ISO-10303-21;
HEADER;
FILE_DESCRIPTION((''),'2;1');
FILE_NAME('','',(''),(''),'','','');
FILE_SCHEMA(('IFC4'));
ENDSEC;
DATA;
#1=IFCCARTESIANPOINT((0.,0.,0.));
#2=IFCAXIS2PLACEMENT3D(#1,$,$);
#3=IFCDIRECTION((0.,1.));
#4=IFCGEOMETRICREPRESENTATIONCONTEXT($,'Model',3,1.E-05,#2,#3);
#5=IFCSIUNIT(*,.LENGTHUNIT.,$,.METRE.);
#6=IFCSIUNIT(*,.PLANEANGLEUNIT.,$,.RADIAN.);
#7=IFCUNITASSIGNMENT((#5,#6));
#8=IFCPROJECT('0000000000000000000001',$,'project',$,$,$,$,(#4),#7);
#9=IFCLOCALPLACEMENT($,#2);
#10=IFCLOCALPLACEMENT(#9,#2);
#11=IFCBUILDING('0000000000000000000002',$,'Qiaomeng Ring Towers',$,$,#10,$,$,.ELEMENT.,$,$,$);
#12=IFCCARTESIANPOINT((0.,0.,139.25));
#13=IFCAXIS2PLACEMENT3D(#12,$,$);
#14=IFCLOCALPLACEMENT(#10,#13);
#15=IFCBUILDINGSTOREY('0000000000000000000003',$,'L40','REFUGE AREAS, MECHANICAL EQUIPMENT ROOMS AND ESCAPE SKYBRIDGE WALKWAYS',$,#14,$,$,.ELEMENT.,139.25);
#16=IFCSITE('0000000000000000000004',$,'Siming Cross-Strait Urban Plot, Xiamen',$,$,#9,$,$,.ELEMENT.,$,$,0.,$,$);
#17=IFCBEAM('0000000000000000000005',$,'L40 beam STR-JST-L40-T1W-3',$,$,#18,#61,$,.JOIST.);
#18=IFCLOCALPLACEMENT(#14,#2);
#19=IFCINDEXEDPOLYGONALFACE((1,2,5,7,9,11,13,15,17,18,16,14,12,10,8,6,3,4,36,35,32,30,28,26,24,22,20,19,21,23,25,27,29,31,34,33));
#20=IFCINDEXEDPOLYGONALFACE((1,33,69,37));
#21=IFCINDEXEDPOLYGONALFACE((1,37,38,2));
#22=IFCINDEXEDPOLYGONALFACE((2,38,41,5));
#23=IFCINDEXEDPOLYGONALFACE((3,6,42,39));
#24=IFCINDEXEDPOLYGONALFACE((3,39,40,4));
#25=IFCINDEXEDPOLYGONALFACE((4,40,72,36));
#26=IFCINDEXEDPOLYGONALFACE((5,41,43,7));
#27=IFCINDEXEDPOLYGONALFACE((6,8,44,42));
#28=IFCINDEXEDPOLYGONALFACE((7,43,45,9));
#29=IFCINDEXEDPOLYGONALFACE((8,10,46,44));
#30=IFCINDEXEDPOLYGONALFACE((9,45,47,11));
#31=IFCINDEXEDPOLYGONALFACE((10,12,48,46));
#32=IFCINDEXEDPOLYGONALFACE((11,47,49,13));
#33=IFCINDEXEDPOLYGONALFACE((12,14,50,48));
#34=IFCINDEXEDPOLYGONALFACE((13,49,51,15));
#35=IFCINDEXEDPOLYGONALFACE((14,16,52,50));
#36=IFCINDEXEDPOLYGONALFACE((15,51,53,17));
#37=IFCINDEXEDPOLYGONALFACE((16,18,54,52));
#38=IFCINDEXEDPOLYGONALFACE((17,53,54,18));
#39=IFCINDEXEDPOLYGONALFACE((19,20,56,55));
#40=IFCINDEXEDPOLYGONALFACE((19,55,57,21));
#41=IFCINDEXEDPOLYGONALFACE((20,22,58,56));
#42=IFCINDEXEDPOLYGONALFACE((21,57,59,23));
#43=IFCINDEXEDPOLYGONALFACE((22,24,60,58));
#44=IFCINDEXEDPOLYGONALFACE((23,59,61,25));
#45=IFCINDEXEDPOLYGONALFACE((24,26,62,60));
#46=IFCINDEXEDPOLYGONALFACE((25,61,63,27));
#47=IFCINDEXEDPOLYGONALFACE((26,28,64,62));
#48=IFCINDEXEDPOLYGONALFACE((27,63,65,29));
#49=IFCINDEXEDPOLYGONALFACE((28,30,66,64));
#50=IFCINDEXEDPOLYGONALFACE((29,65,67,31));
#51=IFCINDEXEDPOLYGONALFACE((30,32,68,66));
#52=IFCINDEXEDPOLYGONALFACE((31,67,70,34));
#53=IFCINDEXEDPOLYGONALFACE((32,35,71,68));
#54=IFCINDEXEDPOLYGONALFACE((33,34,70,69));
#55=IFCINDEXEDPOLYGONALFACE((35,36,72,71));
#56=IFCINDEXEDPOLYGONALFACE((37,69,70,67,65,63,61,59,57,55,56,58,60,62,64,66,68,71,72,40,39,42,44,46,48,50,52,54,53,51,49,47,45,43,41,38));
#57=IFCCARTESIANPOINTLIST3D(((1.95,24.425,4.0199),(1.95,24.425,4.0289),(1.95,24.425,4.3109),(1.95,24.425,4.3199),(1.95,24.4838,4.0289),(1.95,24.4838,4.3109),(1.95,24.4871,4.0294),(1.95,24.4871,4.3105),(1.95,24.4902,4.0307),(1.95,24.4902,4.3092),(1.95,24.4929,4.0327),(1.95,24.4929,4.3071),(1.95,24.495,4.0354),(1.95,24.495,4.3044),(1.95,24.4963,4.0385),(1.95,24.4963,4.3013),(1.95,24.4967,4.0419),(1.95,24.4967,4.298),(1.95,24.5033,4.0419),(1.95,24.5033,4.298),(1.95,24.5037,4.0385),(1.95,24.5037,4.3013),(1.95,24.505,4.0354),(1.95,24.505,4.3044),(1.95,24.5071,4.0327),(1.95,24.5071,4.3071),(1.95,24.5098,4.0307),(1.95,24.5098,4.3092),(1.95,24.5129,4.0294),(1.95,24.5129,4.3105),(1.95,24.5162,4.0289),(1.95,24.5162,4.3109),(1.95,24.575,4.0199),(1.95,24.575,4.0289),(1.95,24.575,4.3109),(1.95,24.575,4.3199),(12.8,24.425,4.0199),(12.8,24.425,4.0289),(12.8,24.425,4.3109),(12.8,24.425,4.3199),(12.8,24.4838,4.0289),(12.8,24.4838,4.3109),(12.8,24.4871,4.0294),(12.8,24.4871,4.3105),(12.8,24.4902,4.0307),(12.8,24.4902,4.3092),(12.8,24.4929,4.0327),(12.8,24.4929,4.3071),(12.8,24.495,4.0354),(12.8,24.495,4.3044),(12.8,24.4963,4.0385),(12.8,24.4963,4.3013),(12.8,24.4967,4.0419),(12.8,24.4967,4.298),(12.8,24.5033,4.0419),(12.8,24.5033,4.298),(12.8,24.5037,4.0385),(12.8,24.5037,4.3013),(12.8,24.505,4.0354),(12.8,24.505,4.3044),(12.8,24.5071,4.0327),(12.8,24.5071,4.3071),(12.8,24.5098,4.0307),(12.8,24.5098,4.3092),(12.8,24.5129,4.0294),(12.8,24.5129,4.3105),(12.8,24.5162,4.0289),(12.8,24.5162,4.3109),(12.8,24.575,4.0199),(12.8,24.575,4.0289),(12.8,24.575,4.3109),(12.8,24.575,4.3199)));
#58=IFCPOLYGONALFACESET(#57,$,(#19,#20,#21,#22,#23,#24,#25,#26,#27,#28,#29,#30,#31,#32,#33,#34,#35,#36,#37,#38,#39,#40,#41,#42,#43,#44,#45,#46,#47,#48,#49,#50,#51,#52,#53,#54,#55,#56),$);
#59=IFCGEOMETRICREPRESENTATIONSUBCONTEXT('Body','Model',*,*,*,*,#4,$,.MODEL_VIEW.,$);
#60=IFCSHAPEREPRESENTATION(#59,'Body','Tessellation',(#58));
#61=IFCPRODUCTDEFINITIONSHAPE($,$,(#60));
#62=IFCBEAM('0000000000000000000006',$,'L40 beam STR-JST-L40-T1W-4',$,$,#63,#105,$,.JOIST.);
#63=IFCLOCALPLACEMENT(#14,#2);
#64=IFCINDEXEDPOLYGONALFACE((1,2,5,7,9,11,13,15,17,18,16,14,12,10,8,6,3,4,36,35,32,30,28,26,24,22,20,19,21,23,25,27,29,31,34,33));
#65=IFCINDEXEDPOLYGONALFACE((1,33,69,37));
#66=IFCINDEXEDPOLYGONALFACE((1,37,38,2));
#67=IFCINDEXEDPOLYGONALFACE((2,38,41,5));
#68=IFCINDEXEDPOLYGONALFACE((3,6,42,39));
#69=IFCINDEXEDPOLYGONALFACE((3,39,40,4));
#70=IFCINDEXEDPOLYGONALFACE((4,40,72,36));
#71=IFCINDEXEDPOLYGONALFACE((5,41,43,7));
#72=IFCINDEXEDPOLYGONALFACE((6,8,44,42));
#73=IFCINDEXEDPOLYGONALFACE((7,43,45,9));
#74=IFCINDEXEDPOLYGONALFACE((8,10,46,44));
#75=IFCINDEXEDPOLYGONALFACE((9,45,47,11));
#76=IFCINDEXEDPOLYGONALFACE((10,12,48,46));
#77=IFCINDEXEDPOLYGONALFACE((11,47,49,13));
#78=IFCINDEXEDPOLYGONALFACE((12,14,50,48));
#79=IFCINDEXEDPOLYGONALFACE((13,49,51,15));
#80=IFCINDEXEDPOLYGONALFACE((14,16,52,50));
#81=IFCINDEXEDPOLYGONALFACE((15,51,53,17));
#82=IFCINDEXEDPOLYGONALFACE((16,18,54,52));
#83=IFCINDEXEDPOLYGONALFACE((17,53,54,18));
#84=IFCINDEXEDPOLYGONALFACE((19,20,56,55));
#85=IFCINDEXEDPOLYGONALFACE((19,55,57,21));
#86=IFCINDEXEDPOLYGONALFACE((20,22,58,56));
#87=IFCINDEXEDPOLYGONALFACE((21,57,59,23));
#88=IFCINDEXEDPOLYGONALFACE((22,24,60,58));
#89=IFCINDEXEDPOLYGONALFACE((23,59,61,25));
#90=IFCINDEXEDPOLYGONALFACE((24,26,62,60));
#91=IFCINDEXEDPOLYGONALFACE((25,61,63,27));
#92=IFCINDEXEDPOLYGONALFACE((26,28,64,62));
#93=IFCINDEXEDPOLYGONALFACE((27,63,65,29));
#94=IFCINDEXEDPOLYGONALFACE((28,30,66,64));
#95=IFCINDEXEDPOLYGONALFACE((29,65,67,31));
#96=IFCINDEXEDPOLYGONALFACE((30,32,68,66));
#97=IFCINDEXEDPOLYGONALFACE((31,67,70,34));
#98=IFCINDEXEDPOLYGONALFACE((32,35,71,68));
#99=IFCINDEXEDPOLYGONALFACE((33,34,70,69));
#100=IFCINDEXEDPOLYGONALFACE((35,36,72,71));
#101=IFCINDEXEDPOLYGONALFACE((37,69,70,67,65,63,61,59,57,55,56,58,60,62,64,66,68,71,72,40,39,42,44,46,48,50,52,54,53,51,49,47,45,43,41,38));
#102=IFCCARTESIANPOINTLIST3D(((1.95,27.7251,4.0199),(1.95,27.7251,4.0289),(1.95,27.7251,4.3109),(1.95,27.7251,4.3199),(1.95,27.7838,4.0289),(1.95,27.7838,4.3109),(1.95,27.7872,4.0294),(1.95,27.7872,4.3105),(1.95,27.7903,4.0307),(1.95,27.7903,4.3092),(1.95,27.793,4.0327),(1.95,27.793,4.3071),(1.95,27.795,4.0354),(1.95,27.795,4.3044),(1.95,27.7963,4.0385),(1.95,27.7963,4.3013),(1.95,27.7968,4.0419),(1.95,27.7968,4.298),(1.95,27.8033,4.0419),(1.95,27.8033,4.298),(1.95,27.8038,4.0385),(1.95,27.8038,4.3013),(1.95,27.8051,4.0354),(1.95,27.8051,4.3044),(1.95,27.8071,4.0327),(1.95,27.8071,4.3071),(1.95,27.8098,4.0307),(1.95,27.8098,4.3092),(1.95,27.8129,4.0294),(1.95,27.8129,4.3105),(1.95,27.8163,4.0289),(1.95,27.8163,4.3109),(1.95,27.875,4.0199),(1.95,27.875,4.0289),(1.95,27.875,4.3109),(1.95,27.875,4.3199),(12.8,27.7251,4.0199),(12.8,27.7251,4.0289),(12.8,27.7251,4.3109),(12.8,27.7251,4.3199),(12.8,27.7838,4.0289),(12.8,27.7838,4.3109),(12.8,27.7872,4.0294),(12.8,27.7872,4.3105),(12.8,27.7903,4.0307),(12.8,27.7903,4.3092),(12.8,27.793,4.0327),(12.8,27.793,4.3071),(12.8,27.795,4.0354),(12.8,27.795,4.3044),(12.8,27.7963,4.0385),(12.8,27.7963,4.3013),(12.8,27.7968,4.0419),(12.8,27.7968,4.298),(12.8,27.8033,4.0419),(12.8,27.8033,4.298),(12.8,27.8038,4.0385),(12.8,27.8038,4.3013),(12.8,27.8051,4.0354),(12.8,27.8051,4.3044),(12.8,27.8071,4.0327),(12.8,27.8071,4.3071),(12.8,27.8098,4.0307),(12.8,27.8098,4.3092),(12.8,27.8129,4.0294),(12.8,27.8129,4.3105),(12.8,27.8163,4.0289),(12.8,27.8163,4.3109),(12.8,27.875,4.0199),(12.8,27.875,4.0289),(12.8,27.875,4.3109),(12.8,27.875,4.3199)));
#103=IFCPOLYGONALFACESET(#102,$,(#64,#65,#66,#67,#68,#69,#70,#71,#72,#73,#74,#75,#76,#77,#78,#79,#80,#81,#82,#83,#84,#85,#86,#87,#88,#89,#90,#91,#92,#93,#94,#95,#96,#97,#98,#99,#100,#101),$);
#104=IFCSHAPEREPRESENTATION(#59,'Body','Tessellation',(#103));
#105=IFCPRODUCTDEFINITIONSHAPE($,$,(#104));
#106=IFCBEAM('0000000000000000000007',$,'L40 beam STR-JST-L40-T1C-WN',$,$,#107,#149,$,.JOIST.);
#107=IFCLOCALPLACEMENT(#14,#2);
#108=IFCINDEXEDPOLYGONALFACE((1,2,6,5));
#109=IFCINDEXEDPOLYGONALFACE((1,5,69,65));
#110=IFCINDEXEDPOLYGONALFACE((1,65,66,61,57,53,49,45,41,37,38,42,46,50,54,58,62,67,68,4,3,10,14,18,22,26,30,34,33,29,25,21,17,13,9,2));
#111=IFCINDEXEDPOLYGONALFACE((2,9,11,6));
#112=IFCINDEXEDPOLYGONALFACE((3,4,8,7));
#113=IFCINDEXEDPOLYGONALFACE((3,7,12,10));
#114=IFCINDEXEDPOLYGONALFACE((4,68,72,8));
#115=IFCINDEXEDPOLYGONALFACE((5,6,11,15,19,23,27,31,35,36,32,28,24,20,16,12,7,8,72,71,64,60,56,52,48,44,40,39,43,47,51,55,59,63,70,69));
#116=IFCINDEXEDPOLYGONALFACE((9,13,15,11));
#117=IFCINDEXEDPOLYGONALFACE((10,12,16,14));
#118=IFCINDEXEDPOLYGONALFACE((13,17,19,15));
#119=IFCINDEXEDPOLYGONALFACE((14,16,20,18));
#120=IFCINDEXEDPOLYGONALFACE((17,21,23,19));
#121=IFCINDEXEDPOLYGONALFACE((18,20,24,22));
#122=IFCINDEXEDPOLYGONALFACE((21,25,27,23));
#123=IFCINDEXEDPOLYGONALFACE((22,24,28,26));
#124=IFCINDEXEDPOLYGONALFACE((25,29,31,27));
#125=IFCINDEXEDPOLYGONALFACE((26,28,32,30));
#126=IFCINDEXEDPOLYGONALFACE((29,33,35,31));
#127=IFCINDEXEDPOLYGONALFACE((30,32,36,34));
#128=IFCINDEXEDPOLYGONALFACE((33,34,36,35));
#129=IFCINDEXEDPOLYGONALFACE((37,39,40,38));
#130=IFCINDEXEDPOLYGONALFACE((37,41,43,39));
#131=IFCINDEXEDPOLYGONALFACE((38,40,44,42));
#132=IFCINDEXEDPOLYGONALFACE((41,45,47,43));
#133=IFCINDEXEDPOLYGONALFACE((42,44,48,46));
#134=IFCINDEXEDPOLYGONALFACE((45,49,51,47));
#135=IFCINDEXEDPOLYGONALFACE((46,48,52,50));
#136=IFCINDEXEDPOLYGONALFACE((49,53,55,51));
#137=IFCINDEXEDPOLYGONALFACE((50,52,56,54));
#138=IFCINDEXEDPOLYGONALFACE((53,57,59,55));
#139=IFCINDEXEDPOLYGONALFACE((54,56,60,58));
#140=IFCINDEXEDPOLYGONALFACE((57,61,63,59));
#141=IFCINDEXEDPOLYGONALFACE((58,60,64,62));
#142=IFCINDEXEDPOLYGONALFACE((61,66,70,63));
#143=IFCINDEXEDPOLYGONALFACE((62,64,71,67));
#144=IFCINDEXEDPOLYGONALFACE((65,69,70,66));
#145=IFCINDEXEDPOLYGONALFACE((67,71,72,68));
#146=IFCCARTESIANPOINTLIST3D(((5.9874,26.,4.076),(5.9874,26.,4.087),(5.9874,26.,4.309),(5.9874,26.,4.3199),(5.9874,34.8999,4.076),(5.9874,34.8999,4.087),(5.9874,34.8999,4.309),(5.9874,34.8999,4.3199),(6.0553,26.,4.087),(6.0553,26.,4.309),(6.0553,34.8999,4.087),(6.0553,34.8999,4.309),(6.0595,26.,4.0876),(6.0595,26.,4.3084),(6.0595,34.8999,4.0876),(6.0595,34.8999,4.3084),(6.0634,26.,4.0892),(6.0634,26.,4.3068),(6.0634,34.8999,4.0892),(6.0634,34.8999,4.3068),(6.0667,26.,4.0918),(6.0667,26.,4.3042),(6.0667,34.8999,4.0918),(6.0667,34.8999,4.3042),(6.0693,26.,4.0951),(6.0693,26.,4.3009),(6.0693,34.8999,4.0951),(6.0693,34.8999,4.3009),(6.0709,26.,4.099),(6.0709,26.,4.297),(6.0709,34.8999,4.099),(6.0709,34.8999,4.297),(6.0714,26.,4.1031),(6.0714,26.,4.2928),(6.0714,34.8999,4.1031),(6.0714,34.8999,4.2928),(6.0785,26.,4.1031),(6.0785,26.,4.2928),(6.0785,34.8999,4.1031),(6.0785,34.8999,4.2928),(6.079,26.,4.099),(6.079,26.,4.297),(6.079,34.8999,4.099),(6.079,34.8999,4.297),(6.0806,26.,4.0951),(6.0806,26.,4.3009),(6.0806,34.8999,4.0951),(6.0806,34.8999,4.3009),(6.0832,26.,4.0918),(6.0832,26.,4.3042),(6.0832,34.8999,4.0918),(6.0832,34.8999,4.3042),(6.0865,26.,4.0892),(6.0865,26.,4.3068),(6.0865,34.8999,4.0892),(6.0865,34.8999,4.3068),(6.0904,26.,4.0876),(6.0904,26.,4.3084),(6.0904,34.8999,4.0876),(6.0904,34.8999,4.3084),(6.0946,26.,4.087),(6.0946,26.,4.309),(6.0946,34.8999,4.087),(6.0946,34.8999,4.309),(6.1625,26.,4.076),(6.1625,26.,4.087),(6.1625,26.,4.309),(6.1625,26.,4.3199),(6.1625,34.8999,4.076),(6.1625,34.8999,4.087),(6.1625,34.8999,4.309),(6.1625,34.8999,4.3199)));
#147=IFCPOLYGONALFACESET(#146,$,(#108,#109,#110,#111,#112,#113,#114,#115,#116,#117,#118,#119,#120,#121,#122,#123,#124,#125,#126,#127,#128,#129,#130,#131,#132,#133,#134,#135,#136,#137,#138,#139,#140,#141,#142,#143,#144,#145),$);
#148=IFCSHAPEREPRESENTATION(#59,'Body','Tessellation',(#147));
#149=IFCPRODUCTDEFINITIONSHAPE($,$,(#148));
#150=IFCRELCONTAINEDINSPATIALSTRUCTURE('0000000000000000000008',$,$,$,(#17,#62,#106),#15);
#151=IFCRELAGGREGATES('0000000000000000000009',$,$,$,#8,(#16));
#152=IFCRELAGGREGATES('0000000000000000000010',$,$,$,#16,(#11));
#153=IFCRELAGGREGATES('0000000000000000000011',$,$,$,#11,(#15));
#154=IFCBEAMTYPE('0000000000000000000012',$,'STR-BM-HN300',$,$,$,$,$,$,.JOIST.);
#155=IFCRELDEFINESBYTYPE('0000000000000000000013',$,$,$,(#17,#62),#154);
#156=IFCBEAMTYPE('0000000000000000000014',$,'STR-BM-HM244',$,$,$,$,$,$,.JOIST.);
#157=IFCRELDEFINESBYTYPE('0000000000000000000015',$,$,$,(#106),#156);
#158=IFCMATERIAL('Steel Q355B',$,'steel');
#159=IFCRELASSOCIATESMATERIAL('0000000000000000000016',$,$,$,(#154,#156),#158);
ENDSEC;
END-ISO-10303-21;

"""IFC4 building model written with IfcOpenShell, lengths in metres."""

from ifc_helpers import new_model, si_unit, direction, frame, origin, origin_2d, place, context, subcontext, project, spatial, i_section, extrude, source, transform, mapped, material, material_profile, profile_set, type_object, element, save


model = new_model("IFC4")

# Units and contexts
model_context = context("Model", 3, precision=1e-05, world=origin(), true_north=direction((0.0, 1.0)))
body_context = subcontext(model_context, "Body", "Model", "MODEL_VIEW")
ifc_project = project(units=[si_unit("LENGTHUNIT", "METRE"), si_unit("PLANEANGLEUNIT", "RADIAN")], contexts=[model_context])

# Site, building, storey
site_placement = place(None, origin())
site = spatial("IfcSite", under=ifc_project, at=site_placement, Name="Siming Cross-Strait Urban Plot, Xiamen", CompositionType="ELEMENT", RefElevation=0.0)
building_placement = place(site_placement, origin())
building = spatial("IfcBuilding", under=site, at=building_placement, Name="Qiaomeng Ring Towers", CompositionType="ELEMENT")
storey_placement = place(building_placement, frame((0.0, 0.0, 139.25)))
storey = spatial("IfcBuildingStorey", under=building, at=storey_placement, Name="L40", Description="REFUGE AREAS, MECHANICAL EQUIPMENT ROOMS AND ESCAPE SKYBRIDGE WALKWAYS", CompositionType="ELEMENT", Elevation=139.25)

# Beams
ifc_material_1 = material(Name="Steel Q355B", Category="steel")
ifc_material_profile_1 = material_profile(ifc_material_1, i_section(OverallWidth=0.1499, OverallDepth=0.3, WebThickness=0.0066, FlangeThickness=0.009, FilletRadius=0.0129, at=origin_2d()), Name="HN 300x150x6.5x9")
ifc_profile_set_1 = profile_set([ifc_material_profile_1], Name="Steel Q355B")
beam_type_1 = type_object("IfcBeamType", Name="STR-BM-HN300", PredefinedType="JOIST", material=ifc_profile_set_1)
shared_shape_1 = source(origin(), body_context, "Body", "SweptSolid", [
    extrude(i_section(OverallWidth=0.1499, OverallDepth=0.3, WebThickness=0.0066, FlangeThickness=0.009, FilletRadius=0.0129, at=origin_2d()), origin(), (0.0, 0.0, 1.0), 10.8501),
])
for number, where, z_axis, x_axis, name in (
    (1, (1.95, 24.5, 4.1699), (1.0, 0.0, 0.0), (0.0, 1.0, 0.0), "L40 beam STR-JST-L40-T1W-3"),
    (2, (1.95, 27.8, 4.1699), (1.0, 0.0, 0.0), (0.0, 1.0, 0.0), "L40 beam STR-JST-L40-T1W-4"),
):
    element("IfcBeam", number, at=place(storey_placement, frame(where, z_axis=z_axis, x_axis=x_axis)), inside=storey, type_object=beam_type_1, Name=name, PredefinedType="JOIST", context=body_context, shape_type="MappedRepresentation", body=[
        mapped(shared_shape_1, transform((0.0, 0.0, 0.0), x_axis=(1.0, 0.0, 0.0), y_axis=(0.0, 1.0, 0.0), z_axis=(0.0, 0.0, 1.0), scale=1.0)),
    ])
ifc_material_profile_2 = material_profile(ifc_material_1, i_section(OverallWidth=0.175, OverallDepth=0.2439, WebThickness=0.0071, FlangeThickness=0.011, FilletRadius=0.0161, at=origin_2d()), Name="HM 244x175x7x11")
ifc_profile_set_2 = profile_set([ifc_material_profile_2], Name="Steel Q355B")
beam_type_2 = type_object("IfcBeamType", Name="STR-BM-HM244", PredefinedType="JOIST", material=ifc_profile_set_2)
shared_shape_2 = source(origin(), body_context, "Body", "SweptSolid", [
    extrude(i_section(OverallWidth=0.175, OverallDepth=0.2439, WebThickness=0.0071, FlangeThickness=0.011, FilletRadius=0.0161, at=origin_2d()), origin(), (0.0, 0.0, 1.0), 8.8999),
])
beam_1_placement = place(storey_placement, frame((6.075, 26.0, 4.198), z_axis=(0.0, 1.0, 0.0), x_axis=(-1.0, 0.0, 0.0)))
element("IfcBeam", 3, at=beam_1_placement, inside=storey, type_object=beam_type_2, Name="L40 beam STR-JST-L40-T1C-WN", PredefinedType="JOIST", context=body_context, shape_type="MappedRepresentation", body=[
    mapped(shared_shape_2, transform((0.0, 0.0, 0.0), x_axis=(1.0, 0.0, 0.0), y_axis=(0.0, 1.0, 0.0), z_axis=(0.0, 0.0, 1.0), scale=1.0)),
])

save(model, "model.ifc")
